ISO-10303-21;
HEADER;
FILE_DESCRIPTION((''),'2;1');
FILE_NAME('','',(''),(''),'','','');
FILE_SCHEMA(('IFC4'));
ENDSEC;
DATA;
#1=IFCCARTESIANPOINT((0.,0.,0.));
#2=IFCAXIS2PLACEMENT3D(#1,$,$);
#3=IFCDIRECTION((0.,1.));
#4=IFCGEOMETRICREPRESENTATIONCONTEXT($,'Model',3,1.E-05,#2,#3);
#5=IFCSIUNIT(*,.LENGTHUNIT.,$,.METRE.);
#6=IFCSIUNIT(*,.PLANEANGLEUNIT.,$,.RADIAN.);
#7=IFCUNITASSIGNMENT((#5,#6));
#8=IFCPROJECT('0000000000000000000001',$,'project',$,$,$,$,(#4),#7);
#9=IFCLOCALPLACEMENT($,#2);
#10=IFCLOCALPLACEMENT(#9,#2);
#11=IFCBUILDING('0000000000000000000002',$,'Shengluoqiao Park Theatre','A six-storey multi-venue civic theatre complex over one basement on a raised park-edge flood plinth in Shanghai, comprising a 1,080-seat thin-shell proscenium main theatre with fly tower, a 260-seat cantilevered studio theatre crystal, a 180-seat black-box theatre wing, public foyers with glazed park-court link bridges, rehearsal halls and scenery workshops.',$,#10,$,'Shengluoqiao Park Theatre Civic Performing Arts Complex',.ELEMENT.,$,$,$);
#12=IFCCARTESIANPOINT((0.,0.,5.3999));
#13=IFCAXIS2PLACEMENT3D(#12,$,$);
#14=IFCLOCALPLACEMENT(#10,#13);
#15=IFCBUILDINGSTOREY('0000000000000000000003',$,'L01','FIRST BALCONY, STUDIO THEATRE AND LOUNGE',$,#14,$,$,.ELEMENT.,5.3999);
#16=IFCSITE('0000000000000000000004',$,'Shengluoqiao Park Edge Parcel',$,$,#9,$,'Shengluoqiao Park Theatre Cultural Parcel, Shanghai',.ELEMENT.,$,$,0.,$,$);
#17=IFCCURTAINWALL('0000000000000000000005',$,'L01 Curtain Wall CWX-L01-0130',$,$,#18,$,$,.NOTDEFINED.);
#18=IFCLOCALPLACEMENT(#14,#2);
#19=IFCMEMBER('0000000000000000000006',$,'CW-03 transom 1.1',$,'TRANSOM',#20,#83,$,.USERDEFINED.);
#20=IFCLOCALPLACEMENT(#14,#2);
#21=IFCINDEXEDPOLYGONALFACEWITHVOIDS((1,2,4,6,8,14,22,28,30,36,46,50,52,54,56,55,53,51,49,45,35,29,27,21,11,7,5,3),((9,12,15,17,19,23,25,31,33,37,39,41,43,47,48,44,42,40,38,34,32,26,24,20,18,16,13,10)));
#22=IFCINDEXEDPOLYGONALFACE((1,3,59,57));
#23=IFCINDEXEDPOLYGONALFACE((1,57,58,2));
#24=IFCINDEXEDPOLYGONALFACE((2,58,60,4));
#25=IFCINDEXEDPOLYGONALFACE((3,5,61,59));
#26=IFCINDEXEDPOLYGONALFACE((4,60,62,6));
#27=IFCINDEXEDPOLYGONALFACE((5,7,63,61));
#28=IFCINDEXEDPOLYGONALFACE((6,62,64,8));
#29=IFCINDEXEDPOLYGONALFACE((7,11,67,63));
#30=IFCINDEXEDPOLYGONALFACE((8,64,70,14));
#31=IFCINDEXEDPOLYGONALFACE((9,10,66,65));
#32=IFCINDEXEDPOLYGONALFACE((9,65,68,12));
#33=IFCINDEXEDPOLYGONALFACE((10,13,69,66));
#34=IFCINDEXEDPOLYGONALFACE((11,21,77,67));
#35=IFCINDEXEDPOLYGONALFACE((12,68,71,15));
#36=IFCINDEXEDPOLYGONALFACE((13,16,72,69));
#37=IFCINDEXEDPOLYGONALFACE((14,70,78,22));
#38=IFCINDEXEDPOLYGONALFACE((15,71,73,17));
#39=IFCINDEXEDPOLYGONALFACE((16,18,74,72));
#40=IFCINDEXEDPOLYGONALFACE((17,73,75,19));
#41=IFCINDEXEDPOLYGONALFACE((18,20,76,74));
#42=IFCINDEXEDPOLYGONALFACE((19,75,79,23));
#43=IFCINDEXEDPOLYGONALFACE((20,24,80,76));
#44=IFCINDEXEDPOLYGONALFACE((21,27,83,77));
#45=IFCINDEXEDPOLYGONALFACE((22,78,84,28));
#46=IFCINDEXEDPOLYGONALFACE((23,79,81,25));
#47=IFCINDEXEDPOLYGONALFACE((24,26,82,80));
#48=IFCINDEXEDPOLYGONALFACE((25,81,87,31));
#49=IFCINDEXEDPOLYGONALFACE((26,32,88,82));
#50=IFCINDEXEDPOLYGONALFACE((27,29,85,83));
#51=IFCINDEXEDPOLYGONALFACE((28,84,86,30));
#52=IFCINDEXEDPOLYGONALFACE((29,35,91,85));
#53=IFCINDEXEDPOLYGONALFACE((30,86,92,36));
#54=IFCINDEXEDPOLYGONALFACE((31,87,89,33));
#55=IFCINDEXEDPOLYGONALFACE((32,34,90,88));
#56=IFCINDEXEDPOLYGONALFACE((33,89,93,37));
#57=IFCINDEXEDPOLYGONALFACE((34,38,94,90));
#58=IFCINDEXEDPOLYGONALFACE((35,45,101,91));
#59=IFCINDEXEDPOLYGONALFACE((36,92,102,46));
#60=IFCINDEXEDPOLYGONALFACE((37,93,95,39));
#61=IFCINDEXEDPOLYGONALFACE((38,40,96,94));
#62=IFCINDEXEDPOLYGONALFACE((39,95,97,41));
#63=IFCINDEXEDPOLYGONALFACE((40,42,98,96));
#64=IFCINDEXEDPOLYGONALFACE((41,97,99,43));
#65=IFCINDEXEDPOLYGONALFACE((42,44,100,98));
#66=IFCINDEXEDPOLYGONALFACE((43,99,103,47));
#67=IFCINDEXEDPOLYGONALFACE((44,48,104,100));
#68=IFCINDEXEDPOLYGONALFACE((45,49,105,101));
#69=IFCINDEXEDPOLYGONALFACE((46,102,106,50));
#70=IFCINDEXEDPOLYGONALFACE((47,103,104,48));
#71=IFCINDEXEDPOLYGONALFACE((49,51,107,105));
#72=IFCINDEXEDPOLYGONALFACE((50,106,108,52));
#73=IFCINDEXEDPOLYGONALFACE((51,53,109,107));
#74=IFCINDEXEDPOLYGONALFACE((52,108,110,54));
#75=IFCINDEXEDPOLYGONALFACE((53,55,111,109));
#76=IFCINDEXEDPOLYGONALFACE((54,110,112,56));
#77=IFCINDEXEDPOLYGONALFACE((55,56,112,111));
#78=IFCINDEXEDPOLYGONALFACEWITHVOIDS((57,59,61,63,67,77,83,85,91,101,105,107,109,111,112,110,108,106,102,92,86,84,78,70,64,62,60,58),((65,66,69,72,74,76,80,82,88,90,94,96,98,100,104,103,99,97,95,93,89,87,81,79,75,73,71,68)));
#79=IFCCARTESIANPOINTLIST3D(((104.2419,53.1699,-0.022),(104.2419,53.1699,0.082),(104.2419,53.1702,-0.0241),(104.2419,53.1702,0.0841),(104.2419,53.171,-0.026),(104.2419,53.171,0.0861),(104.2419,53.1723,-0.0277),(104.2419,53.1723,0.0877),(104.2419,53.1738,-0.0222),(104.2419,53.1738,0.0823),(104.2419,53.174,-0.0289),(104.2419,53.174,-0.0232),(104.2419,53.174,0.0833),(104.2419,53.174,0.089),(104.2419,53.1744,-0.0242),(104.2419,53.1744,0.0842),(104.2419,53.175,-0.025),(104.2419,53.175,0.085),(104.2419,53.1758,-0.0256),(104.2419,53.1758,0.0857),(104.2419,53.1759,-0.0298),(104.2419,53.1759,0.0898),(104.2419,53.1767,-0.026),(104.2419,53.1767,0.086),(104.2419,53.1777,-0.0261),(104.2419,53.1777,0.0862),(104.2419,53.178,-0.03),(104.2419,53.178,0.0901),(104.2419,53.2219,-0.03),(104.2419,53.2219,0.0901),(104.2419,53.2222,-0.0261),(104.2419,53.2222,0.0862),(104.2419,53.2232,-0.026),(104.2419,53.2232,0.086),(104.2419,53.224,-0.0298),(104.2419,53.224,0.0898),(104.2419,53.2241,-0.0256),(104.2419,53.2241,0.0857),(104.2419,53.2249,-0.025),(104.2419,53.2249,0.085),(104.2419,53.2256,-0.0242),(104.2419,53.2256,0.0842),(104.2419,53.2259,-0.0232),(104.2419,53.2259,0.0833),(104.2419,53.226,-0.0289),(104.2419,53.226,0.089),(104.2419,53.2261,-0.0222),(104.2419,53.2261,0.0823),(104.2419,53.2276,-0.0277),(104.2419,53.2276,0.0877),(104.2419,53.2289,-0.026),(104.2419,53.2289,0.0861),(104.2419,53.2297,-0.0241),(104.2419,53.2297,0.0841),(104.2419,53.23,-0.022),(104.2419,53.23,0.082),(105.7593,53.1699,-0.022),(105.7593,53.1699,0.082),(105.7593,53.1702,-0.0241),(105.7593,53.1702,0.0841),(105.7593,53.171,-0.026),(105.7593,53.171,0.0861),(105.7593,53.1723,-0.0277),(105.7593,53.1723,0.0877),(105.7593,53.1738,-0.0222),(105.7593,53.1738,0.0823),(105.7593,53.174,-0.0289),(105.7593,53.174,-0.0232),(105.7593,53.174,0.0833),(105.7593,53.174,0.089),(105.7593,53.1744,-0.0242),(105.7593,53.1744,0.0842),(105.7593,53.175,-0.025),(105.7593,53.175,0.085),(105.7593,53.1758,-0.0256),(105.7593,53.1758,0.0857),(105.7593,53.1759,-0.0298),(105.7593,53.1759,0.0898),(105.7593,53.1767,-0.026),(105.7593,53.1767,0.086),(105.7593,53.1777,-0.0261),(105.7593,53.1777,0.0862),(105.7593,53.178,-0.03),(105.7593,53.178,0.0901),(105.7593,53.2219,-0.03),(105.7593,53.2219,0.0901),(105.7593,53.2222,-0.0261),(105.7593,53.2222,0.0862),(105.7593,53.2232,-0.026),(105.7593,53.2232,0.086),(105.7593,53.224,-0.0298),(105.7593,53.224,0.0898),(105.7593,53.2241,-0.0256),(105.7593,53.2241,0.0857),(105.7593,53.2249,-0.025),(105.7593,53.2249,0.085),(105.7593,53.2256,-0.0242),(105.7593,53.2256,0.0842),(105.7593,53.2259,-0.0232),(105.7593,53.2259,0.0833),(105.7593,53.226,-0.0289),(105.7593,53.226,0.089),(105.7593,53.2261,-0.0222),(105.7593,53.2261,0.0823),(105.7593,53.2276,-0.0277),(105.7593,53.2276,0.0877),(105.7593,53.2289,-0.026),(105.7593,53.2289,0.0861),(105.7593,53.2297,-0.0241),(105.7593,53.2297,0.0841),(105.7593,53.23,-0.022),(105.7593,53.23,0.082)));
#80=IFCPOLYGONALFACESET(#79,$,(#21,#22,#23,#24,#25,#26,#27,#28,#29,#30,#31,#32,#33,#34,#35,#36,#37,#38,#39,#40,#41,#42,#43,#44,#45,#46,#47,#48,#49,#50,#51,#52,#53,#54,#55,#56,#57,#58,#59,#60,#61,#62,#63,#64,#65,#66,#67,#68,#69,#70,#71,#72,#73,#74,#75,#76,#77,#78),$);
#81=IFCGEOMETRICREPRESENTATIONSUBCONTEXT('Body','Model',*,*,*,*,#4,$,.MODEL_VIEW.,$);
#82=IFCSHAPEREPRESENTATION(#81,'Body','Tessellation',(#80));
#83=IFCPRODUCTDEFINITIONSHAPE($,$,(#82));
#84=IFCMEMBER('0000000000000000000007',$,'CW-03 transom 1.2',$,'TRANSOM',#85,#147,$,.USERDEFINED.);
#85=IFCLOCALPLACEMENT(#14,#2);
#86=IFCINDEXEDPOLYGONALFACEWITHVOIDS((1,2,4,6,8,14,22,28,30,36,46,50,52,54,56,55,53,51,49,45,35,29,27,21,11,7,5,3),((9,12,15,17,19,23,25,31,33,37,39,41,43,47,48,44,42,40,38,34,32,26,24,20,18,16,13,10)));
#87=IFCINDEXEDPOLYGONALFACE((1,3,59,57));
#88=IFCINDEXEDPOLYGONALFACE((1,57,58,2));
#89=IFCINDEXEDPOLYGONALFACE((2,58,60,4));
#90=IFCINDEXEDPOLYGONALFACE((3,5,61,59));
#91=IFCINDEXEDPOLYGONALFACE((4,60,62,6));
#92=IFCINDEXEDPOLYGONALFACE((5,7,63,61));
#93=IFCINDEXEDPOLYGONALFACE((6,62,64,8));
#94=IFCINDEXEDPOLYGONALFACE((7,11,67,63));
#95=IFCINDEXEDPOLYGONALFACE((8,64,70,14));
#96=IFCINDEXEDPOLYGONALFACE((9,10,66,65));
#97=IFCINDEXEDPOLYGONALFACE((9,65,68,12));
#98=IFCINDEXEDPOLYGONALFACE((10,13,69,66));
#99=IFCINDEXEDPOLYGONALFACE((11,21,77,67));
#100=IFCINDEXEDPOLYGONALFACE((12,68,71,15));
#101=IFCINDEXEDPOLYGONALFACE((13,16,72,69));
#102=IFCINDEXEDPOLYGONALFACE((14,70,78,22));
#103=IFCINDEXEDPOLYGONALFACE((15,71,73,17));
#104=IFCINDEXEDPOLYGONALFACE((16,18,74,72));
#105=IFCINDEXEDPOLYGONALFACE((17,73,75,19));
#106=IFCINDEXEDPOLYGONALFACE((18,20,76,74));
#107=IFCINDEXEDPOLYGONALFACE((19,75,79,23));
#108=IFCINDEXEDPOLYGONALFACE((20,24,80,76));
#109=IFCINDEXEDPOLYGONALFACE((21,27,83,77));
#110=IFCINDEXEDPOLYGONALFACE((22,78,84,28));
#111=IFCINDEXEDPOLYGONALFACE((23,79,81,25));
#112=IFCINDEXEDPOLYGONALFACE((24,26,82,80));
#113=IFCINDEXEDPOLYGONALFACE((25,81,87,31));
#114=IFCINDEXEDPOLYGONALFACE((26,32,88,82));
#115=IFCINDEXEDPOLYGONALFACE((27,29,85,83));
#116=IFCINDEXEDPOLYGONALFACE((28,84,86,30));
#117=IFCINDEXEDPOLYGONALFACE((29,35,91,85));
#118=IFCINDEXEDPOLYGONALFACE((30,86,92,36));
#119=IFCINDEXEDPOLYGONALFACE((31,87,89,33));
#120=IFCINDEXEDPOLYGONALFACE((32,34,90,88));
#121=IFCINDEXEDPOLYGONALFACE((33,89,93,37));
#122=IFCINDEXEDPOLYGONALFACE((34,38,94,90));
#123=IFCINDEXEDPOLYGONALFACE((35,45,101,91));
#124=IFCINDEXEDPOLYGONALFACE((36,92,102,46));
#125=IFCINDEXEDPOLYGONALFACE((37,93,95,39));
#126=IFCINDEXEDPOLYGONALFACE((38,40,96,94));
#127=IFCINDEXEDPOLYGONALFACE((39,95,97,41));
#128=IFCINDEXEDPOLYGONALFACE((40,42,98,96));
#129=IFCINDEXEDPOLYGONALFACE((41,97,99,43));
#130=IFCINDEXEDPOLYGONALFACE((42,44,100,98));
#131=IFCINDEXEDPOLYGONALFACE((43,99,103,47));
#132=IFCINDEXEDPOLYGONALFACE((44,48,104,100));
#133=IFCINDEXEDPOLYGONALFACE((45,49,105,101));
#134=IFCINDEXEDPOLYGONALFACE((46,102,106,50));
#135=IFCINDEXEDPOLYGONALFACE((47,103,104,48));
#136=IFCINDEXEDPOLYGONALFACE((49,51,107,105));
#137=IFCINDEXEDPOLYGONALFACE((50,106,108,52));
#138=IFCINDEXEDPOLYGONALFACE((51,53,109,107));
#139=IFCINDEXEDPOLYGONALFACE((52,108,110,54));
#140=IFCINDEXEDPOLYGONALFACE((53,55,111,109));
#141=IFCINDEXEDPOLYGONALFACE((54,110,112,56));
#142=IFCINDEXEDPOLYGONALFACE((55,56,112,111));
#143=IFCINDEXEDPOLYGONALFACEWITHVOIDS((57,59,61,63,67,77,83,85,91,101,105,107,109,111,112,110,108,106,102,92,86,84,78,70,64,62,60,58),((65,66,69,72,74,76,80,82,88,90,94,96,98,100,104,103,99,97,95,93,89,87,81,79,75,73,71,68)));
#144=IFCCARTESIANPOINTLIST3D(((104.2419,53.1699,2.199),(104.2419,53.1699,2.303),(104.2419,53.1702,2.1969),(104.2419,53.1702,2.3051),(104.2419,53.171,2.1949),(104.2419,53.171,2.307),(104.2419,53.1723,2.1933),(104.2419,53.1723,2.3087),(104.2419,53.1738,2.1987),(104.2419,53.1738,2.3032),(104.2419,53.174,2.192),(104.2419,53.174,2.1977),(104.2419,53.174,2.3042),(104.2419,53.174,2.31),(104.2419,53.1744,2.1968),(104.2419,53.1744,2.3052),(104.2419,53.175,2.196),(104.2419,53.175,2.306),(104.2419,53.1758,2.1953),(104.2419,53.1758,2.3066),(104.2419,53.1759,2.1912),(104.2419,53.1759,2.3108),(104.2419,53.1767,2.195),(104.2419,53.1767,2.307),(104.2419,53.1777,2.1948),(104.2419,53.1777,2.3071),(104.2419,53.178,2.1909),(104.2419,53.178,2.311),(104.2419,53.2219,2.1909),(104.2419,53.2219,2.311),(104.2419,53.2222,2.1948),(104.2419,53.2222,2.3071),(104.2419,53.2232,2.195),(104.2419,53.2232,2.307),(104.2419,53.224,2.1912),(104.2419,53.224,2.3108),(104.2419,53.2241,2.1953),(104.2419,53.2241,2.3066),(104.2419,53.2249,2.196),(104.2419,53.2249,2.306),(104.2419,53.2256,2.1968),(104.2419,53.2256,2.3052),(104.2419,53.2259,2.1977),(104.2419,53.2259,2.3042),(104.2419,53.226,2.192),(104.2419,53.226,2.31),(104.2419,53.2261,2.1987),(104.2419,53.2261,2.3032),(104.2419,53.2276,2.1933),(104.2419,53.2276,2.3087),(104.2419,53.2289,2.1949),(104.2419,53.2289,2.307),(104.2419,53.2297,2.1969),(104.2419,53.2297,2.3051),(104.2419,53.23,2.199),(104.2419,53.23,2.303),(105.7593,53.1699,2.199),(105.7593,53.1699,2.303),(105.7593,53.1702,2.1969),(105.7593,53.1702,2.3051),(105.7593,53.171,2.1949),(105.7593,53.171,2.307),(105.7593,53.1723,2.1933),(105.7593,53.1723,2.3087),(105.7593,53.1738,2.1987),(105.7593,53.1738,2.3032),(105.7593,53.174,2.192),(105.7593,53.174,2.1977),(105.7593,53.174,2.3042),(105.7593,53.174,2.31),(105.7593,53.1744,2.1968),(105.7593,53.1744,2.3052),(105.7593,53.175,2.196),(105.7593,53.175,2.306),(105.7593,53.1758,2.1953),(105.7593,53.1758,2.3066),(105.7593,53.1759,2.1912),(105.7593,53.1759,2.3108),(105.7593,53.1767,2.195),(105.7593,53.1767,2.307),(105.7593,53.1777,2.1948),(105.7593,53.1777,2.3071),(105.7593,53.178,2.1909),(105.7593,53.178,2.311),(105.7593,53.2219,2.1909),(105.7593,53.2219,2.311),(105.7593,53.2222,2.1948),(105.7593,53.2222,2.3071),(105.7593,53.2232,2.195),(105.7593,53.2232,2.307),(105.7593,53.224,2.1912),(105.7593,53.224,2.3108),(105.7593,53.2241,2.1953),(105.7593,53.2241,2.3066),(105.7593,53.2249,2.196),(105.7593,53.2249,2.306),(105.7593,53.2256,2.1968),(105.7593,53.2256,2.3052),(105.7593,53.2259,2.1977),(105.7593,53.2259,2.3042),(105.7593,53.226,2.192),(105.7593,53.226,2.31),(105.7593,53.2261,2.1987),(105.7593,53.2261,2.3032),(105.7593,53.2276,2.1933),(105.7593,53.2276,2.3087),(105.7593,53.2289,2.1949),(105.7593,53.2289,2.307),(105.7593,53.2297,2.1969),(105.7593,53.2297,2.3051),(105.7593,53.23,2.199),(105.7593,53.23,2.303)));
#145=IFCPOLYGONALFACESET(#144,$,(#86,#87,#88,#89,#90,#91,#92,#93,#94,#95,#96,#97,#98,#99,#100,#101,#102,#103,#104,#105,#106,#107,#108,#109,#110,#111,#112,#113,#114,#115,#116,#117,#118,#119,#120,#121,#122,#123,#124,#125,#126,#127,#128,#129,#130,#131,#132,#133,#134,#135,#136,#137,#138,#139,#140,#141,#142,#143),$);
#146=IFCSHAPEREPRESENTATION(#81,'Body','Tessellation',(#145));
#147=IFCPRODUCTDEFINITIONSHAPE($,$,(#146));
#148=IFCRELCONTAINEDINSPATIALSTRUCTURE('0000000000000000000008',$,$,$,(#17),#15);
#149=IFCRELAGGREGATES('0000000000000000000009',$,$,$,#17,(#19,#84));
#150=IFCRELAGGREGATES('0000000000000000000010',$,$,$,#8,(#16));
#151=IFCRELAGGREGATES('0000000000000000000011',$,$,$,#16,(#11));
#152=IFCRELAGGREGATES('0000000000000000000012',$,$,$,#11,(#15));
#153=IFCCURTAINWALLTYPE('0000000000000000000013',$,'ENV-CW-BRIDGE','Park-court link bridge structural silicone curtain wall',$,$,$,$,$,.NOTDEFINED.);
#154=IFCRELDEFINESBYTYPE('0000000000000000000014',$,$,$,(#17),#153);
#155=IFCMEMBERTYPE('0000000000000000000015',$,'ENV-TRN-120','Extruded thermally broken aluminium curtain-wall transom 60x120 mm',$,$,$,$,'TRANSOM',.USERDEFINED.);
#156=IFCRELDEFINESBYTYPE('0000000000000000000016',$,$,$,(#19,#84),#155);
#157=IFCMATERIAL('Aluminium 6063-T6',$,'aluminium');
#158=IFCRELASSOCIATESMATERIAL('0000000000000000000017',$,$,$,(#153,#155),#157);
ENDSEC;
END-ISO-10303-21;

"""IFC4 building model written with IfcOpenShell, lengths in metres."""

from ifc_helpers import new_model, si_unit, direction, frame, origin, origin_2d, place, context, subcontext, project, spatial, hollow_rectangle, extrude, material, material_profile, profile_set, type_object, element, aggregate, save


model = new_model("IFC4")

# Units and contexts
model_context = context("Model", 3, precision=1e-05, world=origin(), true_north=direction((0.0, 1.0)))
body_context = subcontext(model_context, "Body", "Model", "MODEL_VIEW")
ifc_project = project(units=[si_unit("LENGTHUNIT", "METRE"), si_unit("PLANEANGLEUNIT", "RADIAN")], contexts=[model_context])

# Site, building, storey
site_placement = place(None, origin())
site = spatial("IfcSite", under=ifc_project, at=site_placement, Name="Shengluoqiao Park Edge Parcel", LongName="Shengluoqiao Park Theatre Cultural Parcel, Shanghai", CompositionType="ELEMENT", RefElevation=0.0)
building_placement = place(site_placement, origin())
building = spatial("IfcBuilding", under=site, at=building_placement, Name="Shengluoqiao Park Theatre", Description="A six-storey multi-venue civic theatre complex over one basement on a raised park-edge flood plinth in Shanghai, comprising a 1,080-seat thin-shell proscenium main theatre with fly tower, a 260-seat cantilevered studio theatre crystal, a 180-seat black-box theatre wing, public foyers with glazed park-court link bridges, rehearsal halls and scenery workshops.", LongName="Shengluoqiao Park Theatre Civic Performing Arts Complex", CompositionType="ELEMENT")
storey_placement = place(building_placement, frame((0.0, 0.0, 5.3999)))
storey = spatial("IfcBuildingStorey", under=building, at=storey_placement, Name="L01", Description="FIRST BALCONY, STUDIO THEATRE AND LOUNGE", CompositionType="ELEMENT", Elevation=5.3999)

# Shared definitions
ifc_material_1 = material(Name="Aluminium 6063-T6", Category="aluminium")
curtain_wall_type = type_object("IfcCurtainWallType", Name="ENV-CW-BRIDGE", Description="Park-court link bridge structural silicone curtain wall", PredefinedType="NOTDEFINED", material=ifc_material_1)

# Curtain wall
curtain_wall_1_placement = place(storey_placement, origin())
curtain_wall_1 = element("IfcCurtainWall", 1, at=curtain_wall_1_placement, inside=storey, type_object=curtain_wall_type, Name="L01 Curtain Wall CWX-L01-0130", PredefinedType="NOTDEFINED")

# Members
ifc_material_profile_1 = material_profile(ifc_material_1, hollow_rectangle(XDim=0.0601, YDim=0.1201, WallThickness=0.0039, InnerFilletRadius=0.0039, OuterFilletRadius=0.0081, at=origin_2d()), Name="ALU TRANSOM 120x60x4")
ifc_profile_set_1 = profile_set([ifc_material_profile_1], Name="Aluminium 6063-T6")
member_type_1 = type_object("IfcMemberType", Name="ENV-TRN-120", Description="Extruded thermally broken aluminium curtain-wall transom 60x120 mm", ElementType="TRANSOM", PredefinedType="USERDEFINED", material=ifc_profile_set_1)
member_1_placement = place(storey_placement, frame((104.2419, 53.2, 0.03), z_axis=(1.0, 0.0, 0.0), x_axis=(0.0, 1.0, 0.0)))
member_1 = element("IfcMember", 2, at=member_1_placement, type_object=member_type_1, Name="CW-03 transom 1.1", ObjectType="TRANSOM", PredefinedType="USERDEFINED", context=body_context, shape_type="SweptSolid", body=[
    extrude(hollow_rectangle(XDim=0.0601, YDim=0.1201, WallThickness=0.0039, InnerFilletRadius=0.0039, OuterFilletRadius=0.0081, at=origin_2d()), origin(), (0.0, 0.0, 1.0), 1.5173),
])
member_2_placement = place(storey_placement, frame((104.2419, 53.2, 2.251), z_axis=(1.0, 0.0, 0.0), x_axis=(0.0, 1.0, 0.0)))
member_2 = element("IfcMember", 3, at=member_2_placement, type_object=member_type_1, Name="CW-03 transom 1.2", ObjectType="TRANSOM", PredefinedType="USERDEFINED", context=body_context, shape_type="SweptSolid", body=[
    extrude(hollow_rectangle(XDim=0.0601, YDim=0.1201, WallThickness=0.0039, InnerFilletRadius=0.0039, OuterFilletRadius=0.0081, at=origin_2d()), origin(), (0.0, 0.0, 1.0), 1.5173),
])

aggregate(curtain_wall_1, [member_1, member_2])

save(model, "model.ifc")
